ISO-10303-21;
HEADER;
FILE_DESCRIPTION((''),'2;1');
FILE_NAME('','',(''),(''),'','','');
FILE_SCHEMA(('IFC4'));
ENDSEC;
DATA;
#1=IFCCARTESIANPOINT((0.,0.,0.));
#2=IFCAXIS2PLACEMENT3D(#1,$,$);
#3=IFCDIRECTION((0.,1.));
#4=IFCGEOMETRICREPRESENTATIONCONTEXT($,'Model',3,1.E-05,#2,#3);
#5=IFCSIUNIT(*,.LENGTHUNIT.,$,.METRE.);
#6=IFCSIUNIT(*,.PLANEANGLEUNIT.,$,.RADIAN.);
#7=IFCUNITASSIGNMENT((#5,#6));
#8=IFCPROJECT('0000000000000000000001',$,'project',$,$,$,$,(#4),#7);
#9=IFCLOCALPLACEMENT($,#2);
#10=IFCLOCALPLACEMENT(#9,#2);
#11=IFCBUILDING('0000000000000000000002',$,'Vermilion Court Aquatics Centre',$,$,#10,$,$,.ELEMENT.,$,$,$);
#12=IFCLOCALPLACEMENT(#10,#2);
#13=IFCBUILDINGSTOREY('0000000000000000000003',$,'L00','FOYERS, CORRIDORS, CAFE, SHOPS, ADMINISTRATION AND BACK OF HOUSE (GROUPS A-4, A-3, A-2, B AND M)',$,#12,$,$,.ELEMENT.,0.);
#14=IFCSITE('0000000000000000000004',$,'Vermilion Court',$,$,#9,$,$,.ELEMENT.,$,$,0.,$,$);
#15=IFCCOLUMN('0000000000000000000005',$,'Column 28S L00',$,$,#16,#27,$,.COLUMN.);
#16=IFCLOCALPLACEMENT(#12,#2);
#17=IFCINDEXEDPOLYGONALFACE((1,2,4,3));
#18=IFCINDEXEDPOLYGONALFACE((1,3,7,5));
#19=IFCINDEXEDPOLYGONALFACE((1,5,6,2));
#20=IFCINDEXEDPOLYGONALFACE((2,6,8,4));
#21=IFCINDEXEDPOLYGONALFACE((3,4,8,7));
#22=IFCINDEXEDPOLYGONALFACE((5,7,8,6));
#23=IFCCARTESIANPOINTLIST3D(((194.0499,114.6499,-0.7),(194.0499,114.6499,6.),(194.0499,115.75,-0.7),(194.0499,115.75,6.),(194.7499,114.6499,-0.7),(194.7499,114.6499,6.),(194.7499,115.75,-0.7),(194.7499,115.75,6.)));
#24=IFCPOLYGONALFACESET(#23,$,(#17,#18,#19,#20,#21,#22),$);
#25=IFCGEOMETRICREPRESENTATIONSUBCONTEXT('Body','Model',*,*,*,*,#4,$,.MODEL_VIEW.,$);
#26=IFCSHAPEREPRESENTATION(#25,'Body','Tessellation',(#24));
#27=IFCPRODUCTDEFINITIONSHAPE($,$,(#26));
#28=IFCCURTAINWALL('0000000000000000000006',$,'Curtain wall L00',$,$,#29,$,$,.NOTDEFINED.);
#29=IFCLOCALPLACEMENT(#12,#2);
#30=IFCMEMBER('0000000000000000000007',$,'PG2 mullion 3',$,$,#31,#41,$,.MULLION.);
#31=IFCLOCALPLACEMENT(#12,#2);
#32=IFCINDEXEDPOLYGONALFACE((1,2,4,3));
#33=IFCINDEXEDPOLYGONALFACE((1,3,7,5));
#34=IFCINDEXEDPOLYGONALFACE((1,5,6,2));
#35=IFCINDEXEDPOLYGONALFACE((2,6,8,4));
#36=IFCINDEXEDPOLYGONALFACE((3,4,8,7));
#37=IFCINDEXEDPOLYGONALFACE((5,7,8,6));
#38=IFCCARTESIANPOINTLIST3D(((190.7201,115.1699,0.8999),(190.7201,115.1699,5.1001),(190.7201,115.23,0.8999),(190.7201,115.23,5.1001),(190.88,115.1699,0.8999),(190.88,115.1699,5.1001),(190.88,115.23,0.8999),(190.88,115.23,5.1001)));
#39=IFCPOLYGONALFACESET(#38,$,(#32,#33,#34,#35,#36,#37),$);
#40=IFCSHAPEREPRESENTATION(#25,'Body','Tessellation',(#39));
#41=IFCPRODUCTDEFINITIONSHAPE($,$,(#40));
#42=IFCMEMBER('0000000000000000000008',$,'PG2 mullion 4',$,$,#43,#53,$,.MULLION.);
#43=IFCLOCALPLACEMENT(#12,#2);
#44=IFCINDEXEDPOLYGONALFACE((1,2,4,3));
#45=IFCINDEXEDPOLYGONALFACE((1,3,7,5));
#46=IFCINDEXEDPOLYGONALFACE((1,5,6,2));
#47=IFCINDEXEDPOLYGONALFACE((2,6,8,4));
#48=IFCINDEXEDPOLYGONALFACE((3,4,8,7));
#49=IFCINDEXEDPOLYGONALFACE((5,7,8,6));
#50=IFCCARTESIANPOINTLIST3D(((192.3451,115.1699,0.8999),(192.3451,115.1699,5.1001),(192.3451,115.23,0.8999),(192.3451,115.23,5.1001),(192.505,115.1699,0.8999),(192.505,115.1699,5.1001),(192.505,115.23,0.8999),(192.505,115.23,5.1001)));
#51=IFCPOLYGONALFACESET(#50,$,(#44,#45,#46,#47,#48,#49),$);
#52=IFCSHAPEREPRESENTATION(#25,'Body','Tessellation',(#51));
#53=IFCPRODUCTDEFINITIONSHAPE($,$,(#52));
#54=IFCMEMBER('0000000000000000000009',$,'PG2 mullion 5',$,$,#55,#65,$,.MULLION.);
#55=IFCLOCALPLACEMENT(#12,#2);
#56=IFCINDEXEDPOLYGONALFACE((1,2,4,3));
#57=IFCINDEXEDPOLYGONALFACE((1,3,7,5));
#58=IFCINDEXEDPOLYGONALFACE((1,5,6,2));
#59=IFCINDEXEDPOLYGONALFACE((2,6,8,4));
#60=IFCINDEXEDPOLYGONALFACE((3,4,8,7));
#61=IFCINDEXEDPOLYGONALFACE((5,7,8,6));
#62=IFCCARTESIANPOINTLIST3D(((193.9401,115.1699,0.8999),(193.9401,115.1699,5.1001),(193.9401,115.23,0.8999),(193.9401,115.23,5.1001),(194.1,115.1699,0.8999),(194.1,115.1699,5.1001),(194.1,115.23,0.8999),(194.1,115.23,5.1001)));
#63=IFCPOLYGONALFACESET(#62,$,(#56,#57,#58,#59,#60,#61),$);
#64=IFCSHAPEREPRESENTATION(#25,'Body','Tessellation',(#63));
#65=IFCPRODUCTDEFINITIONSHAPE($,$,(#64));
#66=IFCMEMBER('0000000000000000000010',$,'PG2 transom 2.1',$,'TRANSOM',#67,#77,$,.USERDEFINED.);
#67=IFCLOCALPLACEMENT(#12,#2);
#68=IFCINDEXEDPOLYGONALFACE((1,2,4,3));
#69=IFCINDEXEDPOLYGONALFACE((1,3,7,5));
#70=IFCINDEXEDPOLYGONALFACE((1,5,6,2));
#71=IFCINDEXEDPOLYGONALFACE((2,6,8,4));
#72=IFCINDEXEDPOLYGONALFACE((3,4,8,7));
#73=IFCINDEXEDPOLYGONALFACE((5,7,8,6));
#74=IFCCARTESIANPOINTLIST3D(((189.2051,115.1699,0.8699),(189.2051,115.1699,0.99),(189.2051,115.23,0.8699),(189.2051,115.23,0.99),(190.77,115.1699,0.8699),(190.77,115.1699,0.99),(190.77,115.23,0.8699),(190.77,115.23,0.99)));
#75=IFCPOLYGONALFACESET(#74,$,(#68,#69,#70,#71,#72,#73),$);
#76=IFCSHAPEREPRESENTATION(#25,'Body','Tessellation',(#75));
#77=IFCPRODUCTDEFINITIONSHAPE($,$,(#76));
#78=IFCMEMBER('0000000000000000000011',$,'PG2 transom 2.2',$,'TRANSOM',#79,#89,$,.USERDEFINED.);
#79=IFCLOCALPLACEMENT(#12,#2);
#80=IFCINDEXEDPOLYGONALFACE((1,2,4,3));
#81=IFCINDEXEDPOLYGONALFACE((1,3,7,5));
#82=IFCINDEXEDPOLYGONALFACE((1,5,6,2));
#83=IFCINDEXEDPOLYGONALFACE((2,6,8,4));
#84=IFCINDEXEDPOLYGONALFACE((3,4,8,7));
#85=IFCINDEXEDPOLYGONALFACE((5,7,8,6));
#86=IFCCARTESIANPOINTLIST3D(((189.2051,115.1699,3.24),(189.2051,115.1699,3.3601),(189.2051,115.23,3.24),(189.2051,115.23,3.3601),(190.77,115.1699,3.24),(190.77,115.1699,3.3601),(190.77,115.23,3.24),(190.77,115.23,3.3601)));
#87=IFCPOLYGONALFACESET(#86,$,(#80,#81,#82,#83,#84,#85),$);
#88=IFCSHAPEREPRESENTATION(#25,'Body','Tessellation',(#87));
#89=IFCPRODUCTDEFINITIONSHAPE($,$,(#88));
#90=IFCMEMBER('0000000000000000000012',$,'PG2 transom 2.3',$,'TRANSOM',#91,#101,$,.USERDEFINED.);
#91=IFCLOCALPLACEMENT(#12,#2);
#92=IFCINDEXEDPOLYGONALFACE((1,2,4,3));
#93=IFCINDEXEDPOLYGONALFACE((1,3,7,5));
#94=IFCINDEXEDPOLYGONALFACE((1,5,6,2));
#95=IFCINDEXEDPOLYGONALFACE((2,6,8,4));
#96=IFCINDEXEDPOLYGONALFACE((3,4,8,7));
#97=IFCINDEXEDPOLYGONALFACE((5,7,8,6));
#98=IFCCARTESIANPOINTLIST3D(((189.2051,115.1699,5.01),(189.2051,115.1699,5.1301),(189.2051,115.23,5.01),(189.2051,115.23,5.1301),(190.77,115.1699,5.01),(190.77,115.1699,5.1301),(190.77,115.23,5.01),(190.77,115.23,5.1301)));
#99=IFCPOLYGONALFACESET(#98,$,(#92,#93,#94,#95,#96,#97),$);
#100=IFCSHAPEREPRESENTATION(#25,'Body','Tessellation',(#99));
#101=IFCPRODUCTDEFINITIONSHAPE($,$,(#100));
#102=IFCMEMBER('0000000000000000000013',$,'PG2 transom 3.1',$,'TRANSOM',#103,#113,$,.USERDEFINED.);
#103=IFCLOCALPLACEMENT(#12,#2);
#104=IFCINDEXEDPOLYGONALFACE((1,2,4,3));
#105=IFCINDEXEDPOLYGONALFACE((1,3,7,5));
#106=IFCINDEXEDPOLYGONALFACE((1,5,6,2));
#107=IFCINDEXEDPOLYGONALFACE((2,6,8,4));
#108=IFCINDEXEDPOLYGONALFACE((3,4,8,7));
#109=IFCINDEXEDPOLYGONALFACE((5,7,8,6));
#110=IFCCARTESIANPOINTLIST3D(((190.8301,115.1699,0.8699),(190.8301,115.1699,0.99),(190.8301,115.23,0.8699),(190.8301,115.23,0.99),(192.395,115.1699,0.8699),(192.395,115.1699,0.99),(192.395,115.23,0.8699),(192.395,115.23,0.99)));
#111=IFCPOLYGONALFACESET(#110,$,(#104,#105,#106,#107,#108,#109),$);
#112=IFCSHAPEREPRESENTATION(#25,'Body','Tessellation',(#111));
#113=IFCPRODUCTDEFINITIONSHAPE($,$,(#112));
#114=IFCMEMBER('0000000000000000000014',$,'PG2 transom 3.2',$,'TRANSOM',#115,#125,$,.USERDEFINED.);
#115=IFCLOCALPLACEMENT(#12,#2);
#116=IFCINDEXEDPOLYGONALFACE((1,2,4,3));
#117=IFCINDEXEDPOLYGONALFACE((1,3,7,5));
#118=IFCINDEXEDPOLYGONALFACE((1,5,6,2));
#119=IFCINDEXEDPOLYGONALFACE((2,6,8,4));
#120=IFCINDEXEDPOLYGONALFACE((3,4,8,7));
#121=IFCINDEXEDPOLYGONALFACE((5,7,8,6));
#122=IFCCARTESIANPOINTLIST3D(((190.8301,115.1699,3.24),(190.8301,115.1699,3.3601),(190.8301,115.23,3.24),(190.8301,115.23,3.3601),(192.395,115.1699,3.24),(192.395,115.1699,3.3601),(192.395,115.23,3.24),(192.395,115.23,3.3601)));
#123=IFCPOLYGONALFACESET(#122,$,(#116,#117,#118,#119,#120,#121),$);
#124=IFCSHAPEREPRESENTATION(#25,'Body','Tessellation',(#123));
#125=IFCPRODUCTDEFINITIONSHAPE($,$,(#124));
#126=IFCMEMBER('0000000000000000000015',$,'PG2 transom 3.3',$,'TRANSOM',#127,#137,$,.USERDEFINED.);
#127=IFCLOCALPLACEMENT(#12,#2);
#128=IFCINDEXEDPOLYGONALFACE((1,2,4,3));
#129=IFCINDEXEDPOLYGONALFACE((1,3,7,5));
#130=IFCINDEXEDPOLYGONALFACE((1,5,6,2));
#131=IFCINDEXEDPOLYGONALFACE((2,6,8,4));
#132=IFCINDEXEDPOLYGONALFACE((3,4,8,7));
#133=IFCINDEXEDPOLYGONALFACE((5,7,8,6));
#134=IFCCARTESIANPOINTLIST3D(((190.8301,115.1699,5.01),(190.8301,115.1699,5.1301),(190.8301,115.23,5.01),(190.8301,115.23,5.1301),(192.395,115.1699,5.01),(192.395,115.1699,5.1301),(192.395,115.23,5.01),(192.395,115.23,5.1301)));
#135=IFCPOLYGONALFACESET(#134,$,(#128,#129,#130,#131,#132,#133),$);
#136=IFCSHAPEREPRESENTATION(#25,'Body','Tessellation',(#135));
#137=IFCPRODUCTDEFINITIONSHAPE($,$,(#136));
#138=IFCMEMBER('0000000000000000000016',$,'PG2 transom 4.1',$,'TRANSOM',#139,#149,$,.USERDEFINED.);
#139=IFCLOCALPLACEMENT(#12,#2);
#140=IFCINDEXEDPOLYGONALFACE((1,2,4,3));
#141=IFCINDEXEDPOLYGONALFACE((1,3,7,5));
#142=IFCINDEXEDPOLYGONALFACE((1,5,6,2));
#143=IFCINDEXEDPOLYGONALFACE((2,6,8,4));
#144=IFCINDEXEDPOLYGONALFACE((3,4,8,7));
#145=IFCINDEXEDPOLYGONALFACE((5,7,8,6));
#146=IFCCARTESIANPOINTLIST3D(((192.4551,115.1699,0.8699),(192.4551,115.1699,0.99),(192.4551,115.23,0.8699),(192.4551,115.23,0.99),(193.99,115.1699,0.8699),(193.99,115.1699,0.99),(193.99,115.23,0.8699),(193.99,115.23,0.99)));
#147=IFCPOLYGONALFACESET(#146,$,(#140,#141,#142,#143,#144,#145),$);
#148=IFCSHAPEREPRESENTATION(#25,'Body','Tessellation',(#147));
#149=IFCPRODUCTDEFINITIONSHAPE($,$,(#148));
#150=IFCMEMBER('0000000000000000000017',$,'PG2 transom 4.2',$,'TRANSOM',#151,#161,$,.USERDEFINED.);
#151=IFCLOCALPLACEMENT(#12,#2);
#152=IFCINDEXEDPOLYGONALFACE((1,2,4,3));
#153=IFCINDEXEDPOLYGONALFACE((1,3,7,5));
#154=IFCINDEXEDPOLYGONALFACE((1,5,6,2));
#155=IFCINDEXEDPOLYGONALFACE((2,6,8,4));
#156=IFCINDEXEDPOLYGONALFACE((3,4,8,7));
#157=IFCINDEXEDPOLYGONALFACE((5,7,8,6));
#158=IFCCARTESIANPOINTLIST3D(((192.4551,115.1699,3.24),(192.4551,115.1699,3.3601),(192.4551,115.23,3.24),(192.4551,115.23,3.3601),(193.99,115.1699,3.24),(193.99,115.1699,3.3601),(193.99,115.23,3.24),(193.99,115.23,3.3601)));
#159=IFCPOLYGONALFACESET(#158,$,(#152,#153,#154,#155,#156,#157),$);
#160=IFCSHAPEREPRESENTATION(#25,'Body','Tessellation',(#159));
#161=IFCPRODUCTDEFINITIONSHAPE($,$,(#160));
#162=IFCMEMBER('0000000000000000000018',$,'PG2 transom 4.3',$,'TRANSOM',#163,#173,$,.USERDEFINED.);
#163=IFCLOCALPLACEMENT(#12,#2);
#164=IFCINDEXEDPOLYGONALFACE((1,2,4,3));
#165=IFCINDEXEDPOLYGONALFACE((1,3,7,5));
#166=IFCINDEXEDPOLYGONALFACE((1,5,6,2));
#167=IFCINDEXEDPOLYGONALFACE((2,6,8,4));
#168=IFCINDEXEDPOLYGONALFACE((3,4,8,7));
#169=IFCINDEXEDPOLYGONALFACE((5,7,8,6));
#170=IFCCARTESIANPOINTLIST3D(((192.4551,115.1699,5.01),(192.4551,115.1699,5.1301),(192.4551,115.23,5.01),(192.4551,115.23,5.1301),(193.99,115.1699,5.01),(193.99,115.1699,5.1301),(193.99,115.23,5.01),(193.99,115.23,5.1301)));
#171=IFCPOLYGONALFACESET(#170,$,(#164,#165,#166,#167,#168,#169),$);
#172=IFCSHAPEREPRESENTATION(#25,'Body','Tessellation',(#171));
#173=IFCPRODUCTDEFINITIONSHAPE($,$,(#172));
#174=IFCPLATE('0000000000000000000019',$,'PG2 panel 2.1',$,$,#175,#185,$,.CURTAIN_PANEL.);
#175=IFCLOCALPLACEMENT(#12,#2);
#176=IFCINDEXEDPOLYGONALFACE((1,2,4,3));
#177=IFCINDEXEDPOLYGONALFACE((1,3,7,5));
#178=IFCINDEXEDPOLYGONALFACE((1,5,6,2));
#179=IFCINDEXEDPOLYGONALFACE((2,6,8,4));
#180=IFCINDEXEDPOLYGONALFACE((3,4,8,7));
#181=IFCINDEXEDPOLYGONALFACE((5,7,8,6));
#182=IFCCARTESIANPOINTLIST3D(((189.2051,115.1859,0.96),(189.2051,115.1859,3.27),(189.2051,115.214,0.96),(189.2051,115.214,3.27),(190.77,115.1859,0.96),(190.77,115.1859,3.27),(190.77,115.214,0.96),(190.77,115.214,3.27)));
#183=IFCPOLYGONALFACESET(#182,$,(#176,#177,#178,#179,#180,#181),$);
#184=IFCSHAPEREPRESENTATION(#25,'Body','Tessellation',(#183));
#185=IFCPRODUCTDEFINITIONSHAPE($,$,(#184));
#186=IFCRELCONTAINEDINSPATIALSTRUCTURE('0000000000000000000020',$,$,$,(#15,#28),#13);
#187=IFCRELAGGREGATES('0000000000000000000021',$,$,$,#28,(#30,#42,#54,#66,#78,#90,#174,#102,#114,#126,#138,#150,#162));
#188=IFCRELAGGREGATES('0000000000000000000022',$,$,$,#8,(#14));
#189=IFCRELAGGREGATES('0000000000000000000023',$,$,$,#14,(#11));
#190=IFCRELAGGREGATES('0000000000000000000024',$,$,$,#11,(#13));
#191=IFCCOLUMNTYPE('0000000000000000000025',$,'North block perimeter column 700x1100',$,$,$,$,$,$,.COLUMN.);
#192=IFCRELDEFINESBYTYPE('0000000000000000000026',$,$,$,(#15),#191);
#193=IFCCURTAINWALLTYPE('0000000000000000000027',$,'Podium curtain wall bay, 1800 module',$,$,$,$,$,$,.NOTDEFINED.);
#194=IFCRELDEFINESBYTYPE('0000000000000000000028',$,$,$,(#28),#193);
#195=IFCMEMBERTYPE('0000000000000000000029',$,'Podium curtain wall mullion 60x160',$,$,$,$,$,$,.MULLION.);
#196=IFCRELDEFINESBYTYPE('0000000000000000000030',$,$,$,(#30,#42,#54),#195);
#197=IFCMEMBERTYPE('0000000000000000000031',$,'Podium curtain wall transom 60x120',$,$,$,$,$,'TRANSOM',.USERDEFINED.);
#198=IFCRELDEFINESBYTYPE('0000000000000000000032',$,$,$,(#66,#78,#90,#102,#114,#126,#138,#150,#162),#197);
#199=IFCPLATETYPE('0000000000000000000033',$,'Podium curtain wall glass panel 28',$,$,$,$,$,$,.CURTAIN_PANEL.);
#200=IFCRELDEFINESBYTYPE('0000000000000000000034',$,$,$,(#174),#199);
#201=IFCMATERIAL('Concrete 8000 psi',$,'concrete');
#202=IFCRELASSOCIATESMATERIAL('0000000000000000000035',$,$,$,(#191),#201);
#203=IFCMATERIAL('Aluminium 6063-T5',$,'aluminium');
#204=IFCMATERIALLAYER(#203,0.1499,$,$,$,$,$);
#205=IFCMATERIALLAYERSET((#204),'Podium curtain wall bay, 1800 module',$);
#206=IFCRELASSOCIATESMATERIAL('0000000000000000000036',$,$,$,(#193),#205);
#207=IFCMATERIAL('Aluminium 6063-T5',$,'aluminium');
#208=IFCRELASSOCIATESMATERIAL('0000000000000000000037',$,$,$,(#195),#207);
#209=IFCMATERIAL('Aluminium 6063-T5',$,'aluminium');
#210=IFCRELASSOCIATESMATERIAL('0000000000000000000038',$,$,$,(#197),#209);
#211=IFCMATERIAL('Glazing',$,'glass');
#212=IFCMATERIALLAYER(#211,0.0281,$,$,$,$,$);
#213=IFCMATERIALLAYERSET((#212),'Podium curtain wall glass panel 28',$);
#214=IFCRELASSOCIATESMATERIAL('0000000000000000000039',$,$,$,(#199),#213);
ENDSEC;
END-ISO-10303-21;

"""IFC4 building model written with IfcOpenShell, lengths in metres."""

from ifc_helpers import new_model, si_unit, direction, frame, origin, origin_2d, place, context, subcontext, project, spatial, rectangle, extrude, material, layer, layer_set, material_profile, profile_set, type_object, element, aggregate, save


model = new_model("IFC4")

# Units and contexts
model_context = context("Model", 3, precision=1e-05, world=origin(), true_north=direction((0.0, 1.0)))
body_context = subcontext(model_context, "Body", "Model", "MODEL_VIEW")
ifc_project = project(units=[si_unit("LENGTHUNIT", "METRE"), si_unit("PLANEANGLEUNIT", "RADIAN")], contexts=[model_context])

# Site, building, storey
site_placement = place(None, origin())
site = spatial("IfcSite", under=ifc_project, at=site_placement, Name="Vermilion Court", CompositionType="ELEMENT", RefElevation=0.0)
building_placement = place(site_placement, origin())
building = spatial("IfcBuilding", under=site, at=building_placement, Name="Vermilion Court Aquatics Centre", CompositionType="ELEMENT")
storey_placement = place(building_placement, origin())
storey = spatial("IfcBuildingStorey", under=building, at=storey_placement, Name="L00", Description="FOYERS, CORRIDORS, CAFE, SHOPS, ADMINISTRATION AND BACK OF HOUSE (GROUPS A-4, A-3, A-2, B AND M)", CompositionType="ELEMENT", Elevation=0.0)

# Column
ifc_material_1 = material(Name="Concrete 8000 psi", Category="concrete")
ifc_material_profile_1 = material_profile(ifc_material_1, rectangle(XDim=0.7, YDim=1.1001, at=origin_2d()), Name="RC 700x1100")
ifc_profile_set_1 = profile_set([ifc_material_profile_1], Name="Concrete 8000 psi")
column_type = type_object("IfcColumnType", Name="North block perimeter column 700x1100", PredefinedType="COLUMN", material=ifc_profile_set_1)
column_placement = place(storey_placement, frame((194.3999, 115.2, -0.7), z_axis=(0.0, 0.0, 1.0), x_axis=(1.0, 0.0, 0.0)))
element("IfcColumn", 1, at=column_placement, inside=storey, type_object=column_type, Name="Column 28S L00", PredefinedType="COLUMN", context=body_context, shape_type="SweptSolid", body=[
    extrude(rectangle(XDim=0.7, YDim=1.1001, at=origin_2d()), origin(), (0.0, 0.0, 1.0), 6.7),
])

# Curtain wall, members, plate
ifc_material_2 = material(Name="Aluminium 6063-T5", Category="aluminium")
ifc_layer_1 = layer(ifc_material_2, 0.1499)
ifc_layer_set_1 = layer_set([ifc_layer_1], Name="Podium curtain wall bay, 1800 module")
curtain_wall_type = type_object("IfcCurtainWallType", Name="Podium curtain wall bay, 1800 module", PredefinedType="NOTDEFINED", material=ifc_layer_set_1)
curtain_wall_placement = place(storey_placement, origin())
curtain_wall = element("IfcCurtainWall", 2, at=curtain_wall_placement, inside=storey, type_object=curtain_wall_type, Name="Curtain wall L00", PredefinedType="NOTDEFINED")
ifc_material_3 = material(Name="Aluminium 6063-T5", Category="aluminium")
ifc_material_profile_2 = material_profile(ifc_material_3, rectangle(XDim=0.0601, YDim=0.1599, at=origin_2d()), Name="Mullion 60x160")
ifc_profile_set_2 = profile_set([ifc_material_profile_2], Name="Aluminium 6063-T5")
member_type_1 = type_object("IfcMemberType", Name="Podium curtain wall mullion 60x160", PredefinedType="MULLION", material=ifc_profile_set_2)
member_1_placement = place(storey_placement, frame((190.8, 115.2, 0.8999), z_axis=(0.0, 0.0, 1.0), x_axis=(0.0, 1.0, 0.0)))
member_1 = element("IfcMember", 3, at=member_1_placement, type_object=member_type_1, Name="PG2 mullion 3", PredefinedType="MULLION", context=body_context, shape_type="SweptSolid", body=[
    extrude(rectangle(XDim=0.0601, YDim=0.1599, at=origin_2d()), origin(), (0.0, 0.0, 1.0), 4.2002),
])
member_2_placement = place(storey_placement, frame((192.425, 115.2, 0.8999), z_axis=(0.0, 0.0, 1.0), x_axis=(0.0, 1.0, 0.0)))
member_2 = element("IfcMember", 4, at=member_2_placement, type_object=member_type_1, Name="PG2 mullion 4", PredefinedType="MULLION", context=body_context, shape_type="SweptSolid", body=[
    extrude(rectangle(XDim=0.0601, YDim=0.1599, at=origin_2d()), origin(), (0.0, 0.0, 1.0), 4.2002),
])
member_3_placement = place(storey_placement, frame((194.02, 115.2, 0.8999), z_axis=(0.0, 0.0, 1.0), x_axis=(0.0, 1.0, 0.0)))
member_3 = element("IfcMember", 5, at=member_3_placement, type_object=member_type_1, Name="PG2 mullion 5", PredefinedType="MULLION", context=body_context, shape_type="SweptSolid", body=[
    extrude(rectangle(XDim=0.0601, YDim=0.1599, at=origin_2d()), origin(), (0.0, 0.0, 1.0), 4.2002),
])
ifc_material_4 = material(Name="Aluminium 6063-T5", Category="aluminium")
ifc_material_profile_3 = material_profile(ifc_material_4, rectangle(XDim=0.0601, YDim=0.1201, at=origin_2d()), Name="Transom 60x120")
ifc_profile_set_3 = profile_set([ifc_material_profile_3], Name="Aluminium 6063-T5")
member_type_2 = type_object("IfcMemberType", Name="Podium curtain wall transom 60x120", ElementType="TRANSOM", PredefinedType="USERDEFINED", material=ifc_profile_set_3)
member_4_placement = place(storey_placement, frame((189.2051, 115.2, 0.9299), z_axis=(1.0, 0.0, 0.0), x_axis=(0.0, 1.0, 0.0)))
member_4 = element("IfcMember", 6, at=member_4_placement, type_object=member_type_2, Name="PG2 transom 2.1", ObjectType="TRANSOM", PredefinedType="USERDEFINED", context=body_context, shape_type="SweptSolid", body=[
    extrude(rectangle(XDim=0.0601, YDim=0.1201, at=origin_2d()), origin(), (0.0, 0.0, 1.0), 1.5649),
])
member_5_placement = place(storey_placement, frame((189.2051, 115.2, 3.3), z_axis=(1.0, 0.0, 0.0), x_axis=(0.0, 1.0, 0.0)))
member_5 = element("IfcMember", 7, at=member_5_placement, type_object=member_type_2, Name="PG2 transom 2.2", ObjectType="TRANSOM", PredefinedType="USERDEFINED", context=body_context, shape_type="SweptSolid", body=[
    extrude(rectangle(XDim=0.0601, YDim=0.1201, at=origin_2d()), origin(), (0.0, 0.0, 1.0), 1.5649),
])
member_6_placement = place(storey_placement, frame((189.2051, 115.2, 5.0701), z_axis=(1.0, 0.0, 0.0), x_axis=(0.0, 1.0, 0.0)))
member_6 = element("IfcMember", 8, at=member_6_placement, type_object=member_type_2, Name="PG2 transom 2.3", ObjectType="TRANSOM", PredefinedType="USERDEFINED", context=body_context, shape_type="SweptSolid", body=[
    extrude(rectangle(XDim=0.0601, YDim=0.1201, at=origin_2d()), origin(), (0.0, 0.0, 1.0), 1.5649),
])
member_7_placement = place(storey_placement, frame((190.8301, 115.2, 0.9299), z_axis=(1.0, 0.0, 0.0), x_axis=(0.0, 1.0, 0.0)))
member_7 = element("IfcMember", 9, at=member_7_placement, type_object=member_type_2, Name="PG2 transom 3.1", ObjectType="TRANSOM", PredefinedType="USERDEFINED", context=body_context, shape_type="SweptSolid", body=[
    extrude(rectangle(XDim=0.0601, YDim=0.1201, at=origin_2d()), origin(), (0.0, 0.0, 1.0), 1.5649),
])
member_8_placement = place(storey_placement, frame((190.8301, 115.2, 3.3), z_axis=(1.0, 0.0, 0.0), x_axis=(0.0, 1.0, 0.0)))
member_8 = element("IfcMember", 10, at=member_8_placement, type_object=member_type_2, Name="PG2 transom 3.2", ObjectType="TRANSOM", PredefinedType="USERDEFINED", context=body_context, shape_type="SweptSolid", body=[
    extrude(rectangle(XDim=0.0601, YDim=0.1201, at=origin_2d()), origin(), (0.0, 0.0, 1.0), 1.5649),
])
member_9_placement = place(storey_placement, frame((190.8301, 115.2, 5.0701), z_axis=(1.0, 0.0, 0.0), x_axis=(0.0, 1.0, 0.0)))
member_9 = element("IfcMember", 11, at=member_9_placement, type_object=member_type_2, Name="PG2 transom 3.3", ObjectType="TRANSOM", PredefinedType="USERDEFINED", context=body_context, shape_type="SweptSolid", body=[
    extrude(rectangle(XDim=0.0601, YDim=0.1201, at=origin_2d()), origin(), (0.0, 0.0, 1.0), 1.5649),
])
member_10_placement = place(storey_placement, frame((192.4551, 115.2, 0.9299), z_axis=(1.0, 0.0, 0.0), x_axis=(0.0, 1.0, 0.0)))
member_10 = element("IfcMember", 12, at=member_10_placement, type_object=member_type_2, Name="PG2 transom 4.1", ObjectType="TRANSOM", PredefinedType="USERDEFINED", context=body_context, shape_type="SweptSolid", body=[
    extrude(rectangle(XDim=0.0601, YDim=0.1201, at=origin_2d()), origin(), (0.0, 0.0, 1.0), 1.5349),
])
member_11_placement = place(storey_placement, frame((192.4551, 115.2, 3.3), z_axis=(1.0, 0.0, 0.0), x_axis=(0.0, 1.0, 0.0)))
member_11 = element("IfcMember", 13, at=member_11_placement, type_object=member_type_2, Name="PG2 transom 4.2", ObjectType="TRANSOM", PredefinedType="USERDEFINED", context=body_context, shape_type="SweptSolid", body=[
    extrude(rectangle(XDim=0.0601, YDim=0.1201, at=origin_2d()), origin(), (0.0, 0.0, 1.0), 1.5349),
])
member_12_placement = place(storey_placement, frame((192.4551, 115.2, 5.0701), z_axis=(1.0, 0.0, 0.0), x_axis=(0.0, 1.0, 0.0)))
member_12 = element("IfcMember", 14, at=member_12_placement, type_object=member_type_2, Name="PG2 transom 4.3", ObjectType="TRANSOM", PredefinedType="USERDEFINED", context=body_context, shape_type="SweptSolid", body=[
    extrude(rectangle(XDim=0.0601, YDim=0.1201, at=origin_2d()), origin(), (0.0, 0.0, 1.0), 1.5349),
])
ifc_material_5 = material(Name="Glazing", Category="glass")
ifc_layer_2 = layer(ifc_material_5, 0.0281)
ifc_layer_set_2 = layer_set([ifc_layer_2], Name="Podium curtain wall glass panel 28")
plate_type = type_object("IfcPlateType", Name="Podium curtain wall glass panel 28", PredefinedType="CURTAIN_PANEL", material=ifc_layer_set_2)
plate_1_placement = place(storey_placement, frame((189.9875, 115.2, 0.96), z_axis=(0.0, 0.0, 1.0), x_axis=(1.0, 0.0, 0.0)))
plate_1 = element("IfcPlate", 15, at=plate_1_placement, type_object=plate_type, Name="PG2 panel 2.1", PredefinedType="CURTAIN_PANEL", context=body_context, shape_type="SweptSolid", body=[
    extrude(rectangle(XDim=1.5649, YDim=0.0281, at=origin_2d()), origin(), (0.0, 0.0, 1.0), 2.3101),
])
aggregate(curtain_wall, [member_1, member_2, member_3, member_4, member_5, member_6, plate_1, member_7, member_8, member_9, member_10, member_11, member_12])

save(model, "model.ifc")
